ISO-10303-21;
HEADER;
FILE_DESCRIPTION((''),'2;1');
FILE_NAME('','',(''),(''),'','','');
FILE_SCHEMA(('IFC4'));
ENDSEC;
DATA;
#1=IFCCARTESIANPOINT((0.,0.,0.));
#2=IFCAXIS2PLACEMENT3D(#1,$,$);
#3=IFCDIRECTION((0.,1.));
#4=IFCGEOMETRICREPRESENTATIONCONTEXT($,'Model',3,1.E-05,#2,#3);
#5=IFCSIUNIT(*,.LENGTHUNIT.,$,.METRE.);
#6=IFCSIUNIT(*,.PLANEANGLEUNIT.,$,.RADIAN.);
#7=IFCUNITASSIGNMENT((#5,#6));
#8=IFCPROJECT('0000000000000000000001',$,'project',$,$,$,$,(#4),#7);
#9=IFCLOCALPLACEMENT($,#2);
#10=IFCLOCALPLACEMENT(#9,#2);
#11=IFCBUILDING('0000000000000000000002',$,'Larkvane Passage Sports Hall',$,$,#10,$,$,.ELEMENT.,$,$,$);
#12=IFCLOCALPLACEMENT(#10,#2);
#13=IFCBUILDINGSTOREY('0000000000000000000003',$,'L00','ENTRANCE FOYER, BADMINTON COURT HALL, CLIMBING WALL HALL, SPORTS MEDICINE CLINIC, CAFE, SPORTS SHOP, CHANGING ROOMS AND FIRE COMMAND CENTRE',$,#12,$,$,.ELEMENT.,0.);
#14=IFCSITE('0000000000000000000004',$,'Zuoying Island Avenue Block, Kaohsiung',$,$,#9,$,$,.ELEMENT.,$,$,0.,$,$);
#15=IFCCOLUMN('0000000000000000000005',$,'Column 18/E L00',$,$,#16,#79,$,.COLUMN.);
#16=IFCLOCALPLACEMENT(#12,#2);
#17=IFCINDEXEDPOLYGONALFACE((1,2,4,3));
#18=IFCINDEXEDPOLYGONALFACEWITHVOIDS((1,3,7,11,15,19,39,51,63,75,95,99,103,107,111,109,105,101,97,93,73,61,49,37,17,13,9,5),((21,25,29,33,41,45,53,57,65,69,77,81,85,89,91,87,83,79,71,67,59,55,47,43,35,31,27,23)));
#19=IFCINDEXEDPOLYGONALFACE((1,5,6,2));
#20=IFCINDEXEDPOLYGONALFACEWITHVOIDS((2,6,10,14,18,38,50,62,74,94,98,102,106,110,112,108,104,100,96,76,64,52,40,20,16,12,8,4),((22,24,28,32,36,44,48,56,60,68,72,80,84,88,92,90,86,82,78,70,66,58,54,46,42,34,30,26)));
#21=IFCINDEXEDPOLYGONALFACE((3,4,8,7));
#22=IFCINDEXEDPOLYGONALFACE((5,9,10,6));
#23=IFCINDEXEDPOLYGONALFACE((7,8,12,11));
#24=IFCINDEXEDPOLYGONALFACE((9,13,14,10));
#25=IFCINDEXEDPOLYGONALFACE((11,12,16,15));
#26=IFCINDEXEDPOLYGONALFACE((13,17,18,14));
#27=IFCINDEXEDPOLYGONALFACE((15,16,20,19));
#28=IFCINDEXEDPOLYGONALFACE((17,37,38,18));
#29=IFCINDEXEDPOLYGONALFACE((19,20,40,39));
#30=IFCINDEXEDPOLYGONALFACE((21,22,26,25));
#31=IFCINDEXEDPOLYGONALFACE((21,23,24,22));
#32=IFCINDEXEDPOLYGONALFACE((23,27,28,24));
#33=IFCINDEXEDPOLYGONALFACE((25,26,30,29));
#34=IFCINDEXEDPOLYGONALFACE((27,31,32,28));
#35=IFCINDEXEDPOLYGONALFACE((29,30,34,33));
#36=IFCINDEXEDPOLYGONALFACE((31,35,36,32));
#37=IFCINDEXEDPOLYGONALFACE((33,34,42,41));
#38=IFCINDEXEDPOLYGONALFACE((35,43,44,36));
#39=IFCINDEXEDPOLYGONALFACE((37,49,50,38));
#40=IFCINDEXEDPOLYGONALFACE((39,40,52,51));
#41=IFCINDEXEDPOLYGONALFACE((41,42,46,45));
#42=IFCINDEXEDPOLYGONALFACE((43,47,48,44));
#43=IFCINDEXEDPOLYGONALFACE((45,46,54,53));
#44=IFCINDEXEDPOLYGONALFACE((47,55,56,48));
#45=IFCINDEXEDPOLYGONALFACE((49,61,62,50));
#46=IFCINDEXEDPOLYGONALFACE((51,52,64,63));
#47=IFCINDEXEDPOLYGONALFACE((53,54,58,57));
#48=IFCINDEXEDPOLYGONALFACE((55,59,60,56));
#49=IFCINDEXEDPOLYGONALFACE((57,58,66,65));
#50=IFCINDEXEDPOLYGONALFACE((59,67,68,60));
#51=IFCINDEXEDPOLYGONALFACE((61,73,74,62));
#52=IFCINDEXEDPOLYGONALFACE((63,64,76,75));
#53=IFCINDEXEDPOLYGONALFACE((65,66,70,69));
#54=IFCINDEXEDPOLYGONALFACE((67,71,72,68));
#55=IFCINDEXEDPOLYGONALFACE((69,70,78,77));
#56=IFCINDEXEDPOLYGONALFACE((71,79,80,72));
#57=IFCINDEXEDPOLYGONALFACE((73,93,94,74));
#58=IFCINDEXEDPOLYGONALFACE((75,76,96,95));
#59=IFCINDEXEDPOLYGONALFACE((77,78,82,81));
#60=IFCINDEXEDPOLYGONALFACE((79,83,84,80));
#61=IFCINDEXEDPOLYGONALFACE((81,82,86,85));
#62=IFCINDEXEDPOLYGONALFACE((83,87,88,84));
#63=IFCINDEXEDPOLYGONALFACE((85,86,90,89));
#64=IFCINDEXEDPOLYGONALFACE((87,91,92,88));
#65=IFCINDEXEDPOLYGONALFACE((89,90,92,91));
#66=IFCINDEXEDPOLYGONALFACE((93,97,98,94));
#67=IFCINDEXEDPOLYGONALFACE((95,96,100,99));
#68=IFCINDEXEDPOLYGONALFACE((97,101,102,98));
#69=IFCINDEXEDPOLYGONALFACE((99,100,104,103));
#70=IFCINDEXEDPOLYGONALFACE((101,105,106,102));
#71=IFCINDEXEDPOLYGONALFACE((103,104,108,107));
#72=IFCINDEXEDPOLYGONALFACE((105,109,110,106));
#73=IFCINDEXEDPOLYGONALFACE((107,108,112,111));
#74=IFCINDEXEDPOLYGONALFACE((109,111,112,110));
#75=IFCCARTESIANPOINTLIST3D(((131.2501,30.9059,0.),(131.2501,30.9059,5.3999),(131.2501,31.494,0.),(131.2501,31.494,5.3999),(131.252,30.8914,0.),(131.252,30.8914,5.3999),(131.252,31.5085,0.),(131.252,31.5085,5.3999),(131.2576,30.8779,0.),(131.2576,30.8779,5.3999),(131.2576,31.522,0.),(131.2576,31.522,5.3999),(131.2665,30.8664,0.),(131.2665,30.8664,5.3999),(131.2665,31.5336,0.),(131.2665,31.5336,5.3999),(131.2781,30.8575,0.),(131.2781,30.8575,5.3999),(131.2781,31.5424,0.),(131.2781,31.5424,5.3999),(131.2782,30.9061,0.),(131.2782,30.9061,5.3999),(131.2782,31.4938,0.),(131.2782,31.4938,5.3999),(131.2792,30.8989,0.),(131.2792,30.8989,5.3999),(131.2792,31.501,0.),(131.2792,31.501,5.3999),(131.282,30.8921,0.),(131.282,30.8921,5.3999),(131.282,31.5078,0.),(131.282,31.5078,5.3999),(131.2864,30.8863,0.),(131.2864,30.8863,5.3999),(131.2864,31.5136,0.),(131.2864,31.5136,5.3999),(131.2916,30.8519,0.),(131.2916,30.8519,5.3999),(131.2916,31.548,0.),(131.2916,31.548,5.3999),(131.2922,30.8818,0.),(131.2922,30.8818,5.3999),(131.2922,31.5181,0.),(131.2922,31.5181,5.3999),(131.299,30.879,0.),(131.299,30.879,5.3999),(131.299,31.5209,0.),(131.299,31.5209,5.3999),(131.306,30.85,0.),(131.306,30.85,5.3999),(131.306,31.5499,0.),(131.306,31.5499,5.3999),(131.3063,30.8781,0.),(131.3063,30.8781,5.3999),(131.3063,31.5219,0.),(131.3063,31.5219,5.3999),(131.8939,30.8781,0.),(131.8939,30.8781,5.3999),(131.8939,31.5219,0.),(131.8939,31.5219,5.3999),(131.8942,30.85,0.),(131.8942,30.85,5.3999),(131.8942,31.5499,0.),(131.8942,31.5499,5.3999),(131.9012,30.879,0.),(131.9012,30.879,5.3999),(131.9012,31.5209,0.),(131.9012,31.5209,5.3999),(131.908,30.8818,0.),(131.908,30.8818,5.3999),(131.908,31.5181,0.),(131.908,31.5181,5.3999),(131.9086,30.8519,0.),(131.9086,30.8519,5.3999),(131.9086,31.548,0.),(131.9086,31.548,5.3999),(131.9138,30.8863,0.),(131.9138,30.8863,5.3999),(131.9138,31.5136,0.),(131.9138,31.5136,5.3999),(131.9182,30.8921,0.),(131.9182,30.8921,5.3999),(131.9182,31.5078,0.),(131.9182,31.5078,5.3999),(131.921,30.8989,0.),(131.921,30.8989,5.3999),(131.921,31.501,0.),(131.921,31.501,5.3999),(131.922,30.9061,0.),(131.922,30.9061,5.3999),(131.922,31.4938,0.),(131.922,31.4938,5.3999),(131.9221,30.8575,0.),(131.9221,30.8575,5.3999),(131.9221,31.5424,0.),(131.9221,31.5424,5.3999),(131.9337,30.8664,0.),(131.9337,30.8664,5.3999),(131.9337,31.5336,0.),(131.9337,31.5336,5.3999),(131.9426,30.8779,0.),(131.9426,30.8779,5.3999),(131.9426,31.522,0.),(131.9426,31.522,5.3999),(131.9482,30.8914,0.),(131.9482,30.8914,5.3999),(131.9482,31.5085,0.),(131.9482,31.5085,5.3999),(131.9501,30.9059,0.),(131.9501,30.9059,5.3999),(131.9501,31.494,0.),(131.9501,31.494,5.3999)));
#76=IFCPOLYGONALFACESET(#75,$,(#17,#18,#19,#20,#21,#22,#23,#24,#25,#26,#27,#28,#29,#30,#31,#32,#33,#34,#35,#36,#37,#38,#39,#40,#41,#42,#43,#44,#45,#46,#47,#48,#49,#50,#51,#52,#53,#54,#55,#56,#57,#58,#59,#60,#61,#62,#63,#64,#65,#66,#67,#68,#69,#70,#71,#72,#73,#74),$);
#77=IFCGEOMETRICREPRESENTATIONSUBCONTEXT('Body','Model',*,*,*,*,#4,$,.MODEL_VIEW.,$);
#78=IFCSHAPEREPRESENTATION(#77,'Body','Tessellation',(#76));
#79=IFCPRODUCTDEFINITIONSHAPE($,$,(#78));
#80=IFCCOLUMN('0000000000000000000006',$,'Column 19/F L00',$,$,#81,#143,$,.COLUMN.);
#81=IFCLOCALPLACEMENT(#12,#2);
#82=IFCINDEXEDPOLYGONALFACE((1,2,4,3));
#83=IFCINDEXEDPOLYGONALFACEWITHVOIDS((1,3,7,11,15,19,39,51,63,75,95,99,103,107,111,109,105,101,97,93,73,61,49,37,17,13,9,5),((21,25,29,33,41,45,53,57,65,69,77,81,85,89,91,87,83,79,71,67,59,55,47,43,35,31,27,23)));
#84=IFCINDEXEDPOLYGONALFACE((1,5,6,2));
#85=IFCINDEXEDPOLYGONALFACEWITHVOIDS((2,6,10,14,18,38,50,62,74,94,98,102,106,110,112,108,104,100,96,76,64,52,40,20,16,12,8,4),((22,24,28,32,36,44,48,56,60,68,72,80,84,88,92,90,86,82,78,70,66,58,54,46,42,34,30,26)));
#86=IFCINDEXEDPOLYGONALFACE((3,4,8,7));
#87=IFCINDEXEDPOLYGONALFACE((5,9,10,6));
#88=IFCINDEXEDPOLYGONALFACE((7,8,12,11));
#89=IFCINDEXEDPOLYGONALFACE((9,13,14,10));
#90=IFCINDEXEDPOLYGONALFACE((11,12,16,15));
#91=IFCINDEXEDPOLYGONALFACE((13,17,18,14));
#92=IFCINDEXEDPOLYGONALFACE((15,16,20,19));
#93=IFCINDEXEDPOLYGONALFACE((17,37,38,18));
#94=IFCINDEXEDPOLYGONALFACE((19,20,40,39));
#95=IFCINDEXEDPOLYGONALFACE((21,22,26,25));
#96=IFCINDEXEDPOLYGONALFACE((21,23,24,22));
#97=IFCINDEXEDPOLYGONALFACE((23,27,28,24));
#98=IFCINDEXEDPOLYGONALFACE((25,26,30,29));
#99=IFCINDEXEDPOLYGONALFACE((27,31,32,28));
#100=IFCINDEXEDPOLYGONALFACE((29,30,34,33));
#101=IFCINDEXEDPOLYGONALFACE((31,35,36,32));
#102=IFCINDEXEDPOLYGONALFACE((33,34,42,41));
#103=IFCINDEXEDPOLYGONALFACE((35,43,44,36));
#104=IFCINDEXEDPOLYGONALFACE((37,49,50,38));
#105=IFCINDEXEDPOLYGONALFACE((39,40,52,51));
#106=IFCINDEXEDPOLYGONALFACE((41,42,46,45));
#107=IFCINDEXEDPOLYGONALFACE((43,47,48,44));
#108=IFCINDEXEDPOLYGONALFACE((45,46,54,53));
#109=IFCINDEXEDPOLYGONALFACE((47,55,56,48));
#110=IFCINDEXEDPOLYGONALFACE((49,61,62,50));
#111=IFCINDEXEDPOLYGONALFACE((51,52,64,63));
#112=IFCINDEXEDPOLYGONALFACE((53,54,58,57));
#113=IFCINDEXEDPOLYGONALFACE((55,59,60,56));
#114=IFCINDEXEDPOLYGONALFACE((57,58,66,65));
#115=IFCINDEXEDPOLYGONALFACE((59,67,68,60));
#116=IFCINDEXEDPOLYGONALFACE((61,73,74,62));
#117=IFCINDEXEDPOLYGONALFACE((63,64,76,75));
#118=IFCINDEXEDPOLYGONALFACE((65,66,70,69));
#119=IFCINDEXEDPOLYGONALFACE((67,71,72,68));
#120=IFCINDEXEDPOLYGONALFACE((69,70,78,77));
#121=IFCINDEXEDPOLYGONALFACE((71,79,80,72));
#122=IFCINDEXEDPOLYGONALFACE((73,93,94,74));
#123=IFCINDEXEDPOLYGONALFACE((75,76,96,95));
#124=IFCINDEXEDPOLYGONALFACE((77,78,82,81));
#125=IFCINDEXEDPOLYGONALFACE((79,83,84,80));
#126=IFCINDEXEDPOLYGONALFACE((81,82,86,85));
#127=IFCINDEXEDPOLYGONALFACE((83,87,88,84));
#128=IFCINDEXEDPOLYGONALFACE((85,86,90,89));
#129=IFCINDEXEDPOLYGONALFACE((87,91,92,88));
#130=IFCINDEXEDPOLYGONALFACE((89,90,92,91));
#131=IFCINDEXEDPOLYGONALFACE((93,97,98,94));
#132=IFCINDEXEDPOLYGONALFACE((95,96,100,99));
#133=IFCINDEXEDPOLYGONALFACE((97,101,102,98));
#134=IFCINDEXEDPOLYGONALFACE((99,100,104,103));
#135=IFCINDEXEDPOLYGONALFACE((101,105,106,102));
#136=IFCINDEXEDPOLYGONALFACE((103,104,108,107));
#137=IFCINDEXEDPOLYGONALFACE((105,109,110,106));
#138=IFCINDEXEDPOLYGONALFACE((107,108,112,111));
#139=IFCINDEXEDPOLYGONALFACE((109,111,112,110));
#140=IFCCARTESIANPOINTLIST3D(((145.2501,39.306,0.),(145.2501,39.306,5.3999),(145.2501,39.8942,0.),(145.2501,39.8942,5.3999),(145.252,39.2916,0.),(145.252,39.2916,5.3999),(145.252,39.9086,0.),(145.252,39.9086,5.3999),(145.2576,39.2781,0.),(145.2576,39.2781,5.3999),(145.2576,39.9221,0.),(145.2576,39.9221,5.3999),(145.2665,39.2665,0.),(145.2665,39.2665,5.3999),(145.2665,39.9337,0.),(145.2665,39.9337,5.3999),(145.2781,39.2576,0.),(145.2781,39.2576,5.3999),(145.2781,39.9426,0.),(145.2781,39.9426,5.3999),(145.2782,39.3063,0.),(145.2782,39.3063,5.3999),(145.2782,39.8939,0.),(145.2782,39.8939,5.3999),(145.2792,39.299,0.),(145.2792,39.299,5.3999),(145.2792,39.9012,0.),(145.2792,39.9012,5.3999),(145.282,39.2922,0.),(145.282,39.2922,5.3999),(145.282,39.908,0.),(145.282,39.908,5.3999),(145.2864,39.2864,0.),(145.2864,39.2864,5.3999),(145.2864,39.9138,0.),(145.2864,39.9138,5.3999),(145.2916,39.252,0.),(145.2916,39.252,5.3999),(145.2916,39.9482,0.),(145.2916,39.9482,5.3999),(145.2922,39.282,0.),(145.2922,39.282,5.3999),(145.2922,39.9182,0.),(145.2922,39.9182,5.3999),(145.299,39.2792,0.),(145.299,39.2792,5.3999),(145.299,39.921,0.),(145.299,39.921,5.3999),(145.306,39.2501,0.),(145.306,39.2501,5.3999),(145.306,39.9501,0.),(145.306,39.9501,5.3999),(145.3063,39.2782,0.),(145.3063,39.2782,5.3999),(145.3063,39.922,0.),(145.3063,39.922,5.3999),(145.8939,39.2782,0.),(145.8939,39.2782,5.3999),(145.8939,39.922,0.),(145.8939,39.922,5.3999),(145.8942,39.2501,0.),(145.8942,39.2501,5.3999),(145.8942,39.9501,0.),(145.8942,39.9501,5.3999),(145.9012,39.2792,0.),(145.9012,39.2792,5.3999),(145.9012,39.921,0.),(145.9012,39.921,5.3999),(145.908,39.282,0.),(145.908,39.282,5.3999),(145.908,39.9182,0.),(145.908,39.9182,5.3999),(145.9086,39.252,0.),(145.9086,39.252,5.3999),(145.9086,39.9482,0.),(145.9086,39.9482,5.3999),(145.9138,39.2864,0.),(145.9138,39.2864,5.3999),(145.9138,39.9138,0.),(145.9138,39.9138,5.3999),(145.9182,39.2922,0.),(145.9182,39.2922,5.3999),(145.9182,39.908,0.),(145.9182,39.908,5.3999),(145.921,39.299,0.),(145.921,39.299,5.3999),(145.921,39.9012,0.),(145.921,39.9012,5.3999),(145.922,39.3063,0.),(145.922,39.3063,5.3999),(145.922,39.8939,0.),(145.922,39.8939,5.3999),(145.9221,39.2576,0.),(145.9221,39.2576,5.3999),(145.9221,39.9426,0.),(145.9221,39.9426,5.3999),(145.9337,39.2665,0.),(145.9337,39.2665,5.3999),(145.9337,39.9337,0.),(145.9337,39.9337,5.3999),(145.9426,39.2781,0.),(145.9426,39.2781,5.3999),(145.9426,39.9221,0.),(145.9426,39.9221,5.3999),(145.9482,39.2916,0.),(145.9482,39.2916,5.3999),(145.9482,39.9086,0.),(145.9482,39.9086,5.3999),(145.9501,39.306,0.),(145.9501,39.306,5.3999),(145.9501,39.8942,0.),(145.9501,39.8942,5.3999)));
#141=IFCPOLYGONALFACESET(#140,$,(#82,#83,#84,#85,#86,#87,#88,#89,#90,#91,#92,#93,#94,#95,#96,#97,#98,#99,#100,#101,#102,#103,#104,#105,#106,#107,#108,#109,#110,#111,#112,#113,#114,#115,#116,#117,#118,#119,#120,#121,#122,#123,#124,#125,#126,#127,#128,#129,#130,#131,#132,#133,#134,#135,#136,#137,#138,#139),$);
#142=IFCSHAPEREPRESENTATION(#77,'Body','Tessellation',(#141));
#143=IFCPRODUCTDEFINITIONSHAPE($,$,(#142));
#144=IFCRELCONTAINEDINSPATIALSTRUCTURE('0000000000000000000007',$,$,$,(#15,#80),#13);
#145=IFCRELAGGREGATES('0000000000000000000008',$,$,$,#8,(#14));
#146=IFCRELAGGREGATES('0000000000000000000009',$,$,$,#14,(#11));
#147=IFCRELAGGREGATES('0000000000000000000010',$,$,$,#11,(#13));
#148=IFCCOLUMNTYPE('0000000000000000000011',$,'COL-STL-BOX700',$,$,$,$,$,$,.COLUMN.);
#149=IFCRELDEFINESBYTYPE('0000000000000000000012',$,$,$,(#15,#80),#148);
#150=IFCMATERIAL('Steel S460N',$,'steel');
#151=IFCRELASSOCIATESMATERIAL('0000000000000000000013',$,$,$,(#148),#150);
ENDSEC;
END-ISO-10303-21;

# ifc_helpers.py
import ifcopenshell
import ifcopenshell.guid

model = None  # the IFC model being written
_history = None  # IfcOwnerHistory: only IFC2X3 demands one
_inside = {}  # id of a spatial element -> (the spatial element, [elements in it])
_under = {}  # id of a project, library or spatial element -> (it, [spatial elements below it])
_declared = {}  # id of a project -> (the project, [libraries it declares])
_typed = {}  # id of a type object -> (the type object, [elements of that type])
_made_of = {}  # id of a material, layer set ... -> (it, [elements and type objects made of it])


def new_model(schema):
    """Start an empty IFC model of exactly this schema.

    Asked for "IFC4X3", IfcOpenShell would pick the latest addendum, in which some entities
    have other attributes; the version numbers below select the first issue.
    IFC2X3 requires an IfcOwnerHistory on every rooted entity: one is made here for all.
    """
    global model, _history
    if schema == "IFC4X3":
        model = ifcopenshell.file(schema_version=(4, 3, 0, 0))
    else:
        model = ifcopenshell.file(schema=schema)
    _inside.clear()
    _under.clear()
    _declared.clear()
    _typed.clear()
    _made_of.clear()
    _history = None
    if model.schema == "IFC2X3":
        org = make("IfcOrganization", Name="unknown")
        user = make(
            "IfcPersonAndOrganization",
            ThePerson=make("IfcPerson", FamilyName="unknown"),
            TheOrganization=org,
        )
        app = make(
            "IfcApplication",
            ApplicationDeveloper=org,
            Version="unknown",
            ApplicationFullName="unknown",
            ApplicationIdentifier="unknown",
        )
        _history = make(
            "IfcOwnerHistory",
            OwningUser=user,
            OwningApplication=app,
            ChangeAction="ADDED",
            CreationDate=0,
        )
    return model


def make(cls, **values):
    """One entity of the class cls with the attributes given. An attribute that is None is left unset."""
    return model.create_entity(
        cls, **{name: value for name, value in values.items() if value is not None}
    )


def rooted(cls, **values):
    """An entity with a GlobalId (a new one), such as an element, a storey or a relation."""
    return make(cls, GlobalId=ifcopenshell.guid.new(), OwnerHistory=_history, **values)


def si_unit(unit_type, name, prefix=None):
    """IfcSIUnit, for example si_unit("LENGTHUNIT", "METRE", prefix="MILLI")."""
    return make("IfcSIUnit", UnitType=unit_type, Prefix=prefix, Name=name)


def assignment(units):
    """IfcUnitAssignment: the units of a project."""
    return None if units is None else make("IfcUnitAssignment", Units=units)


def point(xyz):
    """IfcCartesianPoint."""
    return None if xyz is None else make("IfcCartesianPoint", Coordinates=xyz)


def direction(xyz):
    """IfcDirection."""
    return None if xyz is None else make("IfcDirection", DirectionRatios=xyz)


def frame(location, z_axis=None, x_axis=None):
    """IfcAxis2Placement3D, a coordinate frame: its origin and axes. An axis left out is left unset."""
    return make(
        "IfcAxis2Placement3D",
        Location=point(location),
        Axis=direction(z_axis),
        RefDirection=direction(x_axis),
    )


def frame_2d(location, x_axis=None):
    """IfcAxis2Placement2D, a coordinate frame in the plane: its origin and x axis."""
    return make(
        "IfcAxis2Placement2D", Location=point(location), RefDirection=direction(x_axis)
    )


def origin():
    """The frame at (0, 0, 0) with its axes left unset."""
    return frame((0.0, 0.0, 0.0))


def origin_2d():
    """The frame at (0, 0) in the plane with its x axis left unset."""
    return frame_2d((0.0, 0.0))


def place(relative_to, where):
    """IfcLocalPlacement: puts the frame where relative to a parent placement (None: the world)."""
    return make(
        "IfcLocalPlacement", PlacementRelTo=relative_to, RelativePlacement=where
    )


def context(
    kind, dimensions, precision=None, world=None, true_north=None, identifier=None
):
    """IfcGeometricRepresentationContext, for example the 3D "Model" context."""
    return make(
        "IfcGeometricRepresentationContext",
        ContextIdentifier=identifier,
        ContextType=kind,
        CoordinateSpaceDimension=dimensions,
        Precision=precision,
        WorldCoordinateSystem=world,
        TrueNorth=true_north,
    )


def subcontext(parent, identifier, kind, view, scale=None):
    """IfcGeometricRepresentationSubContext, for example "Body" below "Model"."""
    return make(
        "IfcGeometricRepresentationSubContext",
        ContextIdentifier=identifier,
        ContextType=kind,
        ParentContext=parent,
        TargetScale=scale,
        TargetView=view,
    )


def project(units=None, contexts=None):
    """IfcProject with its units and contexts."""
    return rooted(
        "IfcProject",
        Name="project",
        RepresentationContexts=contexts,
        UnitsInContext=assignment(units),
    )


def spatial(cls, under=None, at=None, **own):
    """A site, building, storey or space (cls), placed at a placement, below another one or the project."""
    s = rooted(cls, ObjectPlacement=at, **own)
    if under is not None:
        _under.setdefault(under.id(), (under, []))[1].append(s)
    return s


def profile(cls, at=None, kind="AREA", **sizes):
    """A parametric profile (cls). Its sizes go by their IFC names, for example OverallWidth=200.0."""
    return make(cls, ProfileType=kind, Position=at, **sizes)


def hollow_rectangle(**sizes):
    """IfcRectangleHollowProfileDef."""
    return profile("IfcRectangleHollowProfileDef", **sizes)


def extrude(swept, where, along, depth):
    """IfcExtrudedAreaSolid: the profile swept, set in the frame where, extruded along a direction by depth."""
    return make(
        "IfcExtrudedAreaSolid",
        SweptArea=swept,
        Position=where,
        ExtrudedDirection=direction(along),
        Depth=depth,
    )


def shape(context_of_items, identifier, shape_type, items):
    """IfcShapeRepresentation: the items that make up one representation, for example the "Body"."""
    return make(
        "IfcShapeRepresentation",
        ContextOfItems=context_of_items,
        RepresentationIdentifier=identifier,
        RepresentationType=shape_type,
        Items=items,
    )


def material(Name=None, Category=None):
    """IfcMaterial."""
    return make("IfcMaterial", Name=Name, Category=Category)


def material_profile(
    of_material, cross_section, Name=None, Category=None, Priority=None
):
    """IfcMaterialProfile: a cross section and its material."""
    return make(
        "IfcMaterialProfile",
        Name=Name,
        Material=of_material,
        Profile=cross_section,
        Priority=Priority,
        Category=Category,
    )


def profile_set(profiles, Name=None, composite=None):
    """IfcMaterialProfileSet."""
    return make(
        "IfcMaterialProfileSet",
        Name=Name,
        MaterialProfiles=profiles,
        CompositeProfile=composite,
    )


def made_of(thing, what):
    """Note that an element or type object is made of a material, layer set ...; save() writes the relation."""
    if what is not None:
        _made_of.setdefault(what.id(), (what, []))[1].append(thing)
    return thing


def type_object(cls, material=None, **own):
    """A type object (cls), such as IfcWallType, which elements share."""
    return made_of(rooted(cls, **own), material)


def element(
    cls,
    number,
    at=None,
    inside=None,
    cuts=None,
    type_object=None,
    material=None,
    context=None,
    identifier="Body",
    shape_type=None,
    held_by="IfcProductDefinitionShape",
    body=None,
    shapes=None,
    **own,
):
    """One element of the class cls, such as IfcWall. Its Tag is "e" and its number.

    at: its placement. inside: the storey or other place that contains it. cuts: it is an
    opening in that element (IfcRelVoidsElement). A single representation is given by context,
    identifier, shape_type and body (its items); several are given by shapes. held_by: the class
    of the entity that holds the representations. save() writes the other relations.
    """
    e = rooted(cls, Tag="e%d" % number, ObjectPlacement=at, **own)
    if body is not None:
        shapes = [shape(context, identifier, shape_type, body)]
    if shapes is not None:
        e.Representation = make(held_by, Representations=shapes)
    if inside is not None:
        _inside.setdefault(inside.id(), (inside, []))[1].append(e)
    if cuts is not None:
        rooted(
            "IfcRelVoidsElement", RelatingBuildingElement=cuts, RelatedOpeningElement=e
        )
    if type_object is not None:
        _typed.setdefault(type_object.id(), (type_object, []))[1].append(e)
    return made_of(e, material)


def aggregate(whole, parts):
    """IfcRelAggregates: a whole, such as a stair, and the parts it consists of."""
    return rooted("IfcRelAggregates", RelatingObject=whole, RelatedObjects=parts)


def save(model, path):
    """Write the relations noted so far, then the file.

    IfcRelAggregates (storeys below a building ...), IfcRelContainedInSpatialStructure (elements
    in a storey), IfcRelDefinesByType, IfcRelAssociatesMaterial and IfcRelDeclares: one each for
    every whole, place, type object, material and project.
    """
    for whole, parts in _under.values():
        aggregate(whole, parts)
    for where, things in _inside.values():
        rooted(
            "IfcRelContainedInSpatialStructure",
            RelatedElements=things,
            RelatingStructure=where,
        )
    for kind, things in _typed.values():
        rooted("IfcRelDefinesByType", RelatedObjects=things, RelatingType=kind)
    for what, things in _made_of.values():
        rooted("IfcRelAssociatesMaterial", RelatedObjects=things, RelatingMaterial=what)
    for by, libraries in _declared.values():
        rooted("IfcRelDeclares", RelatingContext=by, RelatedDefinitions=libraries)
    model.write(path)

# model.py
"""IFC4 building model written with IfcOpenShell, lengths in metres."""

from ifc_helpers import new_model, si_unit, direction, frame, origin, origin_2d, place, context, subcontext, project, spatial, hollow_rectangle, extrude, material, material_profile, profile_set, type_object, element, save


model = new_model("IFC4")

# Units and contexts
model_context = context("Model", 3, precision=1e-05, world=origin(), true_north=direction((0.0, 1.0)))
body_context = subcontext(model_context, "Body", "Model", "MODEL_VIEW")
ifc_project = project(units=[si_unit("LENGTHUNIT", "METRE"), si_unit("PLANEANGLEUNIT", "RADIAN")], contexts=[model_context])

# Site, building, storey
site_placement = place(None, origin())
site = spatial("IfcSite", under=ifc_project, at=site_placement, Name="Zuoying Island Avenue Block, Kaohsiung", CompositionType="ELEMENT", RefElevation=0.0)
building_placement = place(site_placement, origin())
building = spatial("IfcBuilding", under=site, at=building_placement, Name="Larkvane Passage Sports Hall", CompositionType="ELEMENT")
storey_placement = place(building_placement, origin())
storey = spatial("IfcBuildingStorey", under=building, at=storey_placement, Name="L00", Description="ENTRANCE FOYER, BADMINTON COURT HALL, CLIMBING WALL HALL, SPORTS MEDICINE CLINIC, CAFE, SPORTS SHOP, CHANGING ROOMS AND FIRE COMMAND CENTRE", CompositionType="ELEMENT", Elevation=0.0)

# Columns
ifc_material_1 = material(Name="Steel S460N", Category="steel")
ifc_material_profile_1 = material_profile(ifc_material_1, hollow_rectangle(XDim=0.7, YDim=0.7, WallThickness=0.0281, InnerFilletRadius=0.0281, OuterFilletRadius=0.0559, at=origin_2d()), Name="BOX-700x700x28")
ifc_profile_set_1 = profile_set([ifc_material_profile_1], Name="Steel S460N")
column_type_1 = type_object("IfcColumnType", Name="COL-STL-BOX700", PredefinedType="COLUMN", material=ifc_profile_set_1)
for number, where, z_axis, x_axis, name in (
    (1, (131.6001, 31.2, 0.0), (0.0, 0.0, 1.0), (1.0, 0.0, 0.0), "Column 18/E L00"),
    (2, (145.6001, 39.6001, 0.0), (0.0, 0.0, 1.0), (1.0, 0.0, 0.0), "Column 19/F L00"),
):
    element("IfcColumn", number, at=place(storey_placement, frame(where, z_axis=z_axis, x_axis=x_axis)), inside=storey, type_object=column_type_1, Name=name, PredefinedType="COLUMN", context=body_context, shape_type="SweptSolid", body=[
        extrude(hollow_rectangle(XDim=0.7, YDim=0.7, WallThickness=0.0281, InnerFilletRadius=0.0281, OuterFilletRadius=0.0559, at=origin_2d()), origin(), (0.0, 0.0, 1.0), 5.3999),
    ])

save(model, "model.ifc")
